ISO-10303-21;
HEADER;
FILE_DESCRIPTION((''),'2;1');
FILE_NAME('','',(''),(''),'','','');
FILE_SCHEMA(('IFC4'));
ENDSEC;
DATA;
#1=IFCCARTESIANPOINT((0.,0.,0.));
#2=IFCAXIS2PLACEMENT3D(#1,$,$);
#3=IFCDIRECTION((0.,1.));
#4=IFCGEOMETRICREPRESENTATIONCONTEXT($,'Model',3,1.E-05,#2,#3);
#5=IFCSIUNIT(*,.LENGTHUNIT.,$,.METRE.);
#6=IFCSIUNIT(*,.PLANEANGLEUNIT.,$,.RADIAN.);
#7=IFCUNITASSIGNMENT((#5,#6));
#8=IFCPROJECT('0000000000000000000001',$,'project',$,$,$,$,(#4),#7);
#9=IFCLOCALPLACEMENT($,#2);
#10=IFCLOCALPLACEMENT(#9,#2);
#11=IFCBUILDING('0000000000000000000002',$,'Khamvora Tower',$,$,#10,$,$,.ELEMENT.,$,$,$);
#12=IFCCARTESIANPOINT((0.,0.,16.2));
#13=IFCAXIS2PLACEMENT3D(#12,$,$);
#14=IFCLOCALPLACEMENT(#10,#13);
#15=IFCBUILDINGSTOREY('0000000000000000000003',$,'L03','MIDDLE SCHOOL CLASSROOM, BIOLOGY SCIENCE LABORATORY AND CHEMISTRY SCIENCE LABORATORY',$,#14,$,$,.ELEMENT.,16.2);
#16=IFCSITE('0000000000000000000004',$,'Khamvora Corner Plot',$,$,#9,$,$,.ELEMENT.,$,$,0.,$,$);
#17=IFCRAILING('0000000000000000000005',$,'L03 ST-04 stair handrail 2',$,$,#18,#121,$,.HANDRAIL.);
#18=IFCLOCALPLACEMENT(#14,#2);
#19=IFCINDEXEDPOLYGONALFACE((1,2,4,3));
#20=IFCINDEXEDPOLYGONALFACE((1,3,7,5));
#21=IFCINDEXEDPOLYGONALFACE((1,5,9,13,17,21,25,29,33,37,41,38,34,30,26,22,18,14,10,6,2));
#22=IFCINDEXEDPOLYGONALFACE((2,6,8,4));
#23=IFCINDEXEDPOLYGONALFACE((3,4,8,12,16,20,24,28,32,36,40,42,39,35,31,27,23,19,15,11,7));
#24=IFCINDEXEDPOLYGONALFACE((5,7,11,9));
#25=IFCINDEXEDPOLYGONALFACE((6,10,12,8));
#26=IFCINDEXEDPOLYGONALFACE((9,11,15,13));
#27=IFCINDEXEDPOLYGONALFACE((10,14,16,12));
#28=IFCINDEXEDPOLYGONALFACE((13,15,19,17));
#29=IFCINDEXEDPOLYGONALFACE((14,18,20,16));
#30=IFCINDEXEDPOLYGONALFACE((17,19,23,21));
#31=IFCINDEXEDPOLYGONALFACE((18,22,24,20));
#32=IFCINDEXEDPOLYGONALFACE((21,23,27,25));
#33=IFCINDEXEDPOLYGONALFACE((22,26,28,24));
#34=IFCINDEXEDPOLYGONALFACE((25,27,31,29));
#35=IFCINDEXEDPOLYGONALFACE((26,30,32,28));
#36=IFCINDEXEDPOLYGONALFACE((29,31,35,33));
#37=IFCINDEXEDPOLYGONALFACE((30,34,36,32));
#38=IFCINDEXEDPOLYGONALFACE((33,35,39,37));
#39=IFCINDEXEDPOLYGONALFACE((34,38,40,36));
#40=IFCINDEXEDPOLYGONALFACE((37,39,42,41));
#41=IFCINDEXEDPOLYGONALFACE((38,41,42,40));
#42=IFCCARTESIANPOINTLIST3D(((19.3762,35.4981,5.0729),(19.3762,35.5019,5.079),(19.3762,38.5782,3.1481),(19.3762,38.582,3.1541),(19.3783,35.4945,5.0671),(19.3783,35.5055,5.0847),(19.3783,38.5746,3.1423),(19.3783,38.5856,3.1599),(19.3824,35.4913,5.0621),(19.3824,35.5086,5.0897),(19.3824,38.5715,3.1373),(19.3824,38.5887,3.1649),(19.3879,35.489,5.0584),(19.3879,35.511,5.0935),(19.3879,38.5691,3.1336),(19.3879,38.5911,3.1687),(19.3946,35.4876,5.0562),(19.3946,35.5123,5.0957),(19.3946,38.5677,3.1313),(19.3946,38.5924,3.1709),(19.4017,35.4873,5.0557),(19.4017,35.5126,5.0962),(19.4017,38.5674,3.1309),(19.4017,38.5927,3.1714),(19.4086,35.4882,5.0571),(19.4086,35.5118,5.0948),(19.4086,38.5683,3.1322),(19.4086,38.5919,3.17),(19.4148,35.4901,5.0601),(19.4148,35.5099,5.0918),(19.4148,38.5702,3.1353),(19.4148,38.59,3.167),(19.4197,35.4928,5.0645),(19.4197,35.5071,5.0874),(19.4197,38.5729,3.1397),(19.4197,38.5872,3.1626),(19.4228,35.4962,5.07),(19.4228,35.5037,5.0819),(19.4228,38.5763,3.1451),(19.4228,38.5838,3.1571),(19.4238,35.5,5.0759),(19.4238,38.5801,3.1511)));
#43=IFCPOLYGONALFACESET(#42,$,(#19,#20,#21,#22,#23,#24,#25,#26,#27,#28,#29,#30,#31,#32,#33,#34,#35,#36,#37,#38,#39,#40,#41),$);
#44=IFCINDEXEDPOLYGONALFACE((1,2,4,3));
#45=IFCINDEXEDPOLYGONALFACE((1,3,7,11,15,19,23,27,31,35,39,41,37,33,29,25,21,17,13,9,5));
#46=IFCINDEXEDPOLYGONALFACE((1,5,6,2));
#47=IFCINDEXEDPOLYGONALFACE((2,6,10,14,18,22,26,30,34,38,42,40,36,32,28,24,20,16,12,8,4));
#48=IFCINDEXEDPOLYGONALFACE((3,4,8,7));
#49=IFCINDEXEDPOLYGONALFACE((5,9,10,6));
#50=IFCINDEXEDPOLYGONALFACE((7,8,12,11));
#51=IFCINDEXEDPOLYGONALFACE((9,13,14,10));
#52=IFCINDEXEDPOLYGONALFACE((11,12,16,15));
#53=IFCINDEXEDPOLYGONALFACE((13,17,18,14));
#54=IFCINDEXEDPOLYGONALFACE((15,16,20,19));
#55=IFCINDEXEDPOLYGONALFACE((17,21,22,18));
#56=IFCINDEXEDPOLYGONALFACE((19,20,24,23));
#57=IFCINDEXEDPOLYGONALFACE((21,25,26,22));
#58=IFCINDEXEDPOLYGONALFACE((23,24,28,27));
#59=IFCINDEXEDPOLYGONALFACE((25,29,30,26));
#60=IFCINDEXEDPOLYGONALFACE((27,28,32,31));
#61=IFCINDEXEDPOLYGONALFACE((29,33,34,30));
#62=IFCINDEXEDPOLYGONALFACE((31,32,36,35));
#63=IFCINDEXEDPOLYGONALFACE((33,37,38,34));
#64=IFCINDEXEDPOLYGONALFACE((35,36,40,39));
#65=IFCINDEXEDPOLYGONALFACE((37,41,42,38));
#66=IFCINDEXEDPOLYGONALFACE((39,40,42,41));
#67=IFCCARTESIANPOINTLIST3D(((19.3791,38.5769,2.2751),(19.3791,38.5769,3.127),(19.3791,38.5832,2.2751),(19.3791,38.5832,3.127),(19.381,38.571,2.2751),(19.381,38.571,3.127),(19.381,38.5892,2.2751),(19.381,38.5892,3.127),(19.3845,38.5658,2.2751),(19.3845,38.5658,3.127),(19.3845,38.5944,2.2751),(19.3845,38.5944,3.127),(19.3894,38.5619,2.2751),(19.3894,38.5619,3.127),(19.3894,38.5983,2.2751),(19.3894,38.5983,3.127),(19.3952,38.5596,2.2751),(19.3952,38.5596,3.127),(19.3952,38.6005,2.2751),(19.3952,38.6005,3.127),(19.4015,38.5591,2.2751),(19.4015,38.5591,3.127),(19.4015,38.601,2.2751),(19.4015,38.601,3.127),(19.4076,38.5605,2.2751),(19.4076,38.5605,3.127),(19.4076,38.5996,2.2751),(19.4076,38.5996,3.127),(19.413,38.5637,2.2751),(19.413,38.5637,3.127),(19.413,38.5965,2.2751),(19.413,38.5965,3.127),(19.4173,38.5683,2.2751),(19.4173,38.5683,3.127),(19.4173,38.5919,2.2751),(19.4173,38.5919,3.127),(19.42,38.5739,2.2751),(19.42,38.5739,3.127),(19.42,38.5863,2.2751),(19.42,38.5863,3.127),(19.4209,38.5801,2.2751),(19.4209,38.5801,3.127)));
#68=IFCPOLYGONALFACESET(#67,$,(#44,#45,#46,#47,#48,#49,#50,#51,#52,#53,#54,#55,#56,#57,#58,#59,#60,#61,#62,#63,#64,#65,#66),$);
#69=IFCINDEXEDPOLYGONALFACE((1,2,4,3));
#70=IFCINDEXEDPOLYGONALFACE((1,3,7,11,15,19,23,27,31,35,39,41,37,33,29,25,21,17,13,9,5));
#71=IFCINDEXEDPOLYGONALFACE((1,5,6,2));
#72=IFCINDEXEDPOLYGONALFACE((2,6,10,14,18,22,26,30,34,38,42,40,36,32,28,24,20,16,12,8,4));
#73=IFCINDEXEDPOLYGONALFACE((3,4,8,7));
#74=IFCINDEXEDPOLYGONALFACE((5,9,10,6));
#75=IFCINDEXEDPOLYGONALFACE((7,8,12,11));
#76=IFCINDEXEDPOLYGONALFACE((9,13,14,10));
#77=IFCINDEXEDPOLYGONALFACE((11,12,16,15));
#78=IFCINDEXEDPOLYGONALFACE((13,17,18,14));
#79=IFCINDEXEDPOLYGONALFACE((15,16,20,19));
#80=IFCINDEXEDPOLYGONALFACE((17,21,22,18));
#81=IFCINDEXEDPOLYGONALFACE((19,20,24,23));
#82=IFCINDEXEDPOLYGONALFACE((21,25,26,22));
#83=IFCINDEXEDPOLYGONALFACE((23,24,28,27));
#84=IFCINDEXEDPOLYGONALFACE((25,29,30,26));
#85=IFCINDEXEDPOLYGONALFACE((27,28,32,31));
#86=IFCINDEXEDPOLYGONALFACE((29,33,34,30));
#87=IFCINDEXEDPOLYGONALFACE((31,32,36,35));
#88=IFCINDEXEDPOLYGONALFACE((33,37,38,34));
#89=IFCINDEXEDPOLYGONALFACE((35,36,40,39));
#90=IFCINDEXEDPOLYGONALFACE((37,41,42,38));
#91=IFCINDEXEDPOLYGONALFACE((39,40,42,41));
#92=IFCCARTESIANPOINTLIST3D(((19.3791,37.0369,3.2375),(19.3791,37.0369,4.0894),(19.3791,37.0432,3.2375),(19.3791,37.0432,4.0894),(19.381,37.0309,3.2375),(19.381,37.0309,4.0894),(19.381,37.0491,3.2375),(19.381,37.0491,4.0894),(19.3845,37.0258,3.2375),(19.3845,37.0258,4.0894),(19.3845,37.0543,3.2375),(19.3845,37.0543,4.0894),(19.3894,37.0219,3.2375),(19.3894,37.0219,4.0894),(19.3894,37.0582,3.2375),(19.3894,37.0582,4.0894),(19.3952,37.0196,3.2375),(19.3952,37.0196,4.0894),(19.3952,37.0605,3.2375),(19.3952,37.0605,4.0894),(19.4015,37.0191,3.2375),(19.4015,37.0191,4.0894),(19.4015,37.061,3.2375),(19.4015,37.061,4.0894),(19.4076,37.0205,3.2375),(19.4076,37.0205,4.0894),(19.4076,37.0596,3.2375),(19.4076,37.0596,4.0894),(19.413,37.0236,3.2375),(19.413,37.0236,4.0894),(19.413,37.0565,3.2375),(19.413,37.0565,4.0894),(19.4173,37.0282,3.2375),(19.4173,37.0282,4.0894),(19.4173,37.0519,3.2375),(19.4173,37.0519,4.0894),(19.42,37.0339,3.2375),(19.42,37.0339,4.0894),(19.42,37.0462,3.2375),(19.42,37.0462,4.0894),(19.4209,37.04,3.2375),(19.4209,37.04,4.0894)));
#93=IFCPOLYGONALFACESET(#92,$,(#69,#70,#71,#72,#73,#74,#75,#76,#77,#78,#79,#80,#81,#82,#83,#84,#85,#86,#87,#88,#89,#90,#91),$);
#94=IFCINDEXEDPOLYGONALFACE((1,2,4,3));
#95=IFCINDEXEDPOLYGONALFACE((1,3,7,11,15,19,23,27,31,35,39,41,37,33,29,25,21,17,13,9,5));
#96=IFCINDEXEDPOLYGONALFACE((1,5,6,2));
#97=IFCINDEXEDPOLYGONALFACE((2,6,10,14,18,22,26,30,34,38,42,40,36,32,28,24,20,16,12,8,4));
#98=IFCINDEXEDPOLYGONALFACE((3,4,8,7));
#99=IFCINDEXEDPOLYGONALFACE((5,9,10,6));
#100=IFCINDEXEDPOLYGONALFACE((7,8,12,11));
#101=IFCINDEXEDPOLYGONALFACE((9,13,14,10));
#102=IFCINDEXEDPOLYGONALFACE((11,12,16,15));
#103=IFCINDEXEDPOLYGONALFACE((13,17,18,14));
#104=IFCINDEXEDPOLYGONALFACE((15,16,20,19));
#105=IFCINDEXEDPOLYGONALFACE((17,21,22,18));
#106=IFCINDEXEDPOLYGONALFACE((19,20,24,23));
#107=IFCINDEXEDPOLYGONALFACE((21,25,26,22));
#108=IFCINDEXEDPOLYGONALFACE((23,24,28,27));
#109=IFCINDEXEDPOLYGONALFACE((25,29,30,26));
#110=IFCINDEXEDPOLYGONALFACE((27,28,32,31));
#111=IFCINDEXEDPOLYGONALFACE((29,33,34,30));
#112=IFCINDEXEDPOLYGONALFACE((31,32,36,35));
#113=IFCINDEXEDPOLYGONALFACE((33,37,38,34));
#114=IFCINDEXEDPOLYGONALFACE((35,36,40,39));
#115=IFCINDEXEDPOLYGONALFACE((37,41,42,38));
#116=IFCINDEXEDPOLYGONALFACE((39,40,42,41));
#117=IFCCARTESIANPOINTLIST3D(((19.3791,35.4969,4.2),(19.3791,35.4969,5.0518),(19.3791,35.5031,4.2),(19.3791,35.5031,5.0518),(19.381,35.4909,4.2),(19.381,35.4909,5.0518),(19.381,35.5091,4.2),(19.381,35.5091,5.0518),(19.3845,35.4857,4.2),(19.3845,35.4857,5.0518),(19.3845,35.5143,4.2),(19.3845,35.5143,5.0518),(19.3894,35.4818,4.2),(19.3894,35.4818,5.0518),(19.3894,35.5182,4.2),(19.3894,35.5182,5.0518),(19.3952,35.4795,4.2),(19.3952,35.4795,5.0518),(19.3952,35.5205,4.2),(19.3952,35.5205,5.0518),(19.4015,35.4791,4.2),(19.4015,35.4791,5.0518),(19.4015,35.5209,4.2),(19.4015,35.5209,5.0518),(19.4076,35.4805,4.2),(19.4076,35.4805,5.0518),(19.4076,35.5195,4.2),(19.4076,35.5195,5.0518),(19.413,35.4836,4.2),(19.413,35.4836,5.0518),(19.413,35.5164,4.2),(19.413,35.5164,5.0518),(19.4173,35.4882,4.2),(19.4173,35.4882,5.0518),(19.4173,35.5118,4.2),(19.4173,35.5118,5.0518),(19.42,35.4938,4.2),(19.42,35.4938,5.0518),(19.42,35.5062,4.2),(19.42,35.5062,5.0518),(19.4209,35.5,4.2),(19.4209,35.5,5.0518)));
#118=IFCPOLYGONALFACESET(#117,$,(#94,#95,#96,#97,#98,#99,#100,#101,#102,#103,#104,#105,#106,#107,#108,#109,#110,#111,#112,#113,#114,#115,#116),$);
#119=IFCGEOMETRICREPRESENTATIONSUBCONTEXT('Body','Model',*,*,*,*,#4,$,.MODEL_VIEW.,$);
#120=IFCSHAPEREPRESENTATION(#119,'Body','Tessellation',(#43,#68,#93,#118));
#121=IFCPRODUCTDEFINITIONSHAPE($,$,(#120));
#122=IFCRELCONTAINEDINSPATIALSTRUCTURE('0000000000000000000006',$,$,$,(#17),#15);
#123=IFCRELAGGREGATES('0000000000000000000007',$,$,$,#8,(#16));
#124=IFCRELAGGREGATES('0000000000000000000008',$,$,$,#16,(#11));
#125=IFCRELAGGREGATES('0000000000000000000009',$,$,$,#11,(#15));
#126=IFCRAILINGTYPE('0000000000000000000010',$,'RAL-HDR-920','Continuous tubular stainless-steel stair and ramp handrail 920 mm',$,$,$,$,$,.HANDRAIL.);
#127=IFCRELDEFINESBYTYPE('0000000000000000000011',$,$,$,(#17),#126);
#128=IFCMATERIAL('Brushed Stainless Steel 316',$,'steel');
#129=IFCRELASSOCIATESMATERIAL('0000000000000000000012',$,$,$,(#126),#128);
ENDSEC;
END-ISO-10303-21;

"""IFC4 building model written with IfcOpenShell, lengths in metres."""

from ifc_helpers import new_model, si_unit, direction, frame, origin, origin_2d, place, context, subcontext, project, spatial, circle, extrude, material, type_object, element, save


model = new_model("IFC4")

# Units and contexts
model_context = context("Model", 3, precision=1e-05, world=origin(), true_north=direction((0.0, 1.0)))
body_context = subcontext(model_context, "Body", "Model", "MODEL_VIEW")
ifc_project = project(units=[si_unit("LENGTHUNIT", "METRE"), si_unit("PLANEANGLEUNIT", "RADIAN")], contexts=[model_context])

# Site, building, storey
site_placement = place(None, origin())
site = spatial("IfcSite", under=ifc_project, at=site_placement, Name="Khamvora Corner Plot", CompositionType="ELEMENT", RefElevation=0.0)
building_placement = place(site_placement, origin())
building = spatial("IfcBuilding", under=site, at=building_placement, Name="Khamvora Tower", CompositionType="ELEMENT")
storey_placement = place(building_placement, frame((0.0, 0.0, 16.2)))
storey = spatial("IfcBuildingStorey", under=building, at=storey_placement, Name="L03", Description="MIDDLE SCHOOL CLASSROOM, BIOLOGY SCIENCE LABORATORY AND CHEMISTRY SCIENCE LABORATORY", CompositionType="ELEMENT", Elevation=16.2)

# Railing
ifc_material_1 = material(Name="Brushed Stainless Steel 316", Category="steel")
railing_type_1 = type_object("IfcRailingType", Name="RAL-HDR-920", Description="Continuous tubular stainless-steel stair and ramp handrail 920 mm", PredefinedType="HANDRAIL", material=ifc_material_1)
railing_1_placement = place(storey_placement, frame((19.3999, 38.5801, 2.2751)))
element("IfcRailing", 1, at=railing_1_placement, inside=storey, type_object=railing_type_1, Name="L03 ST-04 stair handrail 2", PredefinedType="HANDRAIL", context=body_context, shape_type="SweptSolid", body=[
    extrude(circle(Radius=0.0239, at=origin_2d()), frame((0.0, 0.0, 0.876), z_axis=(0.0, -0.848029, 0.529951), x_axis=(1.0, 0.0, 0.0)), (0.0, 0.0, 1.0), 3.6321),
    extrude(circle(Radius=0.021, at=origin_2d()), origin(), (0.0, 0.0, 1.0), 0.8518),
    extrude(circle(Radius=0.021, at=origin_2d()), frame((0.0, -1.54, 0.9624)), (0.0, 0.0, 1.0), 0.8518),
    extrude(circle(Radius=0.021, at=origin_2d()), frame((0.0, -3.0801, 1.9248)), (0.0, 0.0, 1.0), 0.8518),
])

save(model, "model.ifc")
